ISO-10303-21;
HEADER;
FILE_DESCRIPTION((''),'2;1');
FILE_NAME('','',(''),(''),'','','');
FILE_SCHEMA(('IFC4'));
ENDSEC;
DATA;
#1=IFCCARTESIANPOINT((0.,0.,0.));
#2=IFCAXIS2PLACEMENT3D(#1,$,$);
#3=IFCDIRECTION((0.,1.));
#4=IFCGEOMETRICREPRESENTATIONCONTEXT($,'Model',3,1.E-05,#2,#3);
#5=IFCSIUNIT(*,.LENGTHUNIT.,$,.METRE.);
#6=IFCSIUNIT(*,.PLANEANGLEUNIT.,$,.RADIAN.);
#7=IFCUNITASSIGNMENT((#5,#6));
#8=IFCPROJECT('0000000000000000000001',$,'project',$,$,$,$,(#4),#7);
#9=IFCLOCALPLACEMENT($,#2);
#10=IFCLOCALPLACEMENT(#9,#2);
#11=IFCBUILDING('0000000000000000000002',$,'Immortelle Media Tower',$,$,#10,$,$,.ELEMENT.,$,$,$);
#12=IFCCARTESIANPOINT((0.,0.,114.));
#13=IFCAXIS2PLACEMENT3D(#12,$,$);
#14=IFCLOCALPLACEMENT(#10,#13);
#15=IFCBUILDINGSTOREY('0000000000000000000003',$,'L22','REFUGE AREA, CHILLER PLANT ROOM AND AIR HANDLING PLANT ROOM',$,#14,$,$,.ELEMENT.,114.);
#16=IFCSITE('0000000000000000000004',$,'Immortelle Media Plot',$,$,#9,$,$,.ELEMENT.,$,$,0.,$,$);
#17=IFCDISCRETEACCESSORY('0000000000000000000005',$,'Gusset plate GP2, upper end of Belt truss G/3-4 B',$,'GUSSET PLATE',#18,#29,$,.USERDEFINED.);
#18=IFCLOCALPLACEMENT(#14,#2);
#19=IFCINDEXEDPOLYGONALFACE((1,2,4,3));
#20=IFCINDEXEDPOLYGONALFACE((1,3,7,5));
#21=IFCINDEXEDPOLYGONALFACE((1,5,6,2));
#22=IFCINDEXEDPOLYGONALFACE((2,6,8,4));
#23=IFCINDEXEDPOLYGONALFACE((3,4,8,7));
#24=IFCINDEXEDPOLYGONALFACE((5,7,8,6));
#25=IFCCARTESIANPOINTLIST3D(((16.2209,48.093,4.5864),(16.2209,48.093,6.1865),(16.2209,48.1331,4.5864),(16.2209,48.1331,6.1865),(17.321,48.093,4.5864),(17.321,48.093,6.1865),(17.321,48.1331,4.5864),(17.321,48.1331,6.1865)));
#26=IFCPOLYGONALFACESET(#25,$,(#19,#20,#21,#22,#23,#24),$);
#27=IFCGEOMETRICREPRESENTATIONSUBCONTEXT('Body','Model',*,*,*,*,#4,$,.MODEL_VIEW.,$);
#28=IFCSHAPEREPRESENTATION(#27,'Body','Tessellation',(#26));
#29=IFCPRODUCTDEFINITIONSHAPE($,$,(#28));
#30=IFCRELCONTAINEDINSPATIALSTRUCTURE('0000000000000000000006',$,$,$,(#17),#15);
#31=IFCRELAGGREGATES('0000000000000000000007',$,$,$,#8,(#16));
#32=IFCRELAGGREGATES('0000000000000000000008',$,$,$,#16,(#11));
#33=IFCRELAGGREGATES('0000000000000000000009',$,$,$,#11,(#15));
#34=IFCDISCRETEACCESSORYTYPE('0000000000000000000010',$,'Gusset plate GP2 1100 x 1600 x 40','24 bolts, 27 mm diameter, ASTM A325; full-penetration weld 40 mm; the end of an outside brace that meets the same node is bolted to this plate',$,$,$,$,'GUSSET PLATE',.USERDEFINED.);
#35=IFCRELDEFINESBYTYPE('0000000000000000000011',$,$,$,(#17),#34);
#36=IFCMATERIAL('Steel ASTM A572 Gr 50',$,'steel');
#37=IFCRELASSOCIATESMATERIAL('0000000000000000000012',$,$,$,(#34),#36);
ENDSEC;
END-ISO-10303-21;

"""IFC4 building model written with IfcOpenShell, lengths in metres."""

from ifc_helpers import new_model, si_unit, direction, frame, origin, origin_2d, place, context, subcontext, project, spatial, rectangle, extrude, material, material_profile, profile_set, type_object, element, save


model = new_model("IFC4")

# Units and contexts
model_context = context("Model", 3, precision=1e-05, world=origin(), true_north=direction((0.0, 1.0)))
body_context = subcontext(model_context, "Body", "Model", "MODEL_VIEW")
ifc_project = project(units=[si_unit("LENGTHUNIT", "METRE"), si_unit("PLANEANGLEUNIT", "RADIAN")], contexts=[model_context])

# Site, building, storey
site_placement = place(None, origin())
site = spatial("IfcSite", under=ifc_project, at=site_placement, Name="Immortelle Media Plot", CompositionType="ELEMENT", RefElevation=0.0)
building_placement = place(site_placement, origin())
building = spatial("IfcBuilding", under=site, at=building_placement, Name="Immortelle Media Tower", CompositionType="ELEMENT")
storey_placement = place(building_placement, frame((0.0, 0.0, 114.0)))
storey = spatial("IfcBuildingStorey", under=building, at=storey_placement, Name="L22", Description="REFUGE AREA, CHILLER PLANT ROOM AND AIR HANDLING PLANT ROOM", CompositionType="ELEMENT", Elevation=114.0)

# Discrete accessory
ifc_material_1 = material(Name="Steel ASTM A572 Gr 50", Category="steel")
ifc_material_profile_1 = material_profile(ifc_material_1, rectangle(XDim=0.04, YDim=1.6001, at=origin_2d()), Name="PL 40 x 1600")
ifc_profile_set_1 = profile_set([ifc_material_profile_1], Name="Steel ASTM A572 Gr 50")
discrete_accessory_type_1 = type_object("IfcDiscreteAccessoryType", Name="Gusset plate GP2 1100 x 1600 x 40", Description="24 bolts, 27 mm diameter, ASTM A325; full-penetration weld 40 mm; the end of an outside brace that meets the same node is bolted to this plate", ElementType="GUSSET PLATE", PredefinedType="USERDEFINED", material=ifc_profile_set_1)
for number, where, z_axis, x_axis, name in (
    (1, (16.2209, 48.113, 5.3865), (1.0, 0.0, 0.0), (0.0, 1.0, 0.0), "Gusset plate GP2, upper end of Belt truss G/3-4 B"),
):
    element("IfcDiscreteAccessory", number, at=place(storey_placement, frame(where, z_axis=z_axis, x_axis=x_axis)), inside=storey, type_object=discrete_accessory_type_1, Name=name, ObjectType="GUSSET PLATE", PredefinedType="USERDEFINED", context=body_context, shape_type="SweptSolid", body=[
        extrude(rectangle(XDim=0.04, YDim=1.6001, at=origin_2d()), origin(), (0.0, 0.0, 1.0), 1.1001),
    ])

save(model, "model.ifc")
